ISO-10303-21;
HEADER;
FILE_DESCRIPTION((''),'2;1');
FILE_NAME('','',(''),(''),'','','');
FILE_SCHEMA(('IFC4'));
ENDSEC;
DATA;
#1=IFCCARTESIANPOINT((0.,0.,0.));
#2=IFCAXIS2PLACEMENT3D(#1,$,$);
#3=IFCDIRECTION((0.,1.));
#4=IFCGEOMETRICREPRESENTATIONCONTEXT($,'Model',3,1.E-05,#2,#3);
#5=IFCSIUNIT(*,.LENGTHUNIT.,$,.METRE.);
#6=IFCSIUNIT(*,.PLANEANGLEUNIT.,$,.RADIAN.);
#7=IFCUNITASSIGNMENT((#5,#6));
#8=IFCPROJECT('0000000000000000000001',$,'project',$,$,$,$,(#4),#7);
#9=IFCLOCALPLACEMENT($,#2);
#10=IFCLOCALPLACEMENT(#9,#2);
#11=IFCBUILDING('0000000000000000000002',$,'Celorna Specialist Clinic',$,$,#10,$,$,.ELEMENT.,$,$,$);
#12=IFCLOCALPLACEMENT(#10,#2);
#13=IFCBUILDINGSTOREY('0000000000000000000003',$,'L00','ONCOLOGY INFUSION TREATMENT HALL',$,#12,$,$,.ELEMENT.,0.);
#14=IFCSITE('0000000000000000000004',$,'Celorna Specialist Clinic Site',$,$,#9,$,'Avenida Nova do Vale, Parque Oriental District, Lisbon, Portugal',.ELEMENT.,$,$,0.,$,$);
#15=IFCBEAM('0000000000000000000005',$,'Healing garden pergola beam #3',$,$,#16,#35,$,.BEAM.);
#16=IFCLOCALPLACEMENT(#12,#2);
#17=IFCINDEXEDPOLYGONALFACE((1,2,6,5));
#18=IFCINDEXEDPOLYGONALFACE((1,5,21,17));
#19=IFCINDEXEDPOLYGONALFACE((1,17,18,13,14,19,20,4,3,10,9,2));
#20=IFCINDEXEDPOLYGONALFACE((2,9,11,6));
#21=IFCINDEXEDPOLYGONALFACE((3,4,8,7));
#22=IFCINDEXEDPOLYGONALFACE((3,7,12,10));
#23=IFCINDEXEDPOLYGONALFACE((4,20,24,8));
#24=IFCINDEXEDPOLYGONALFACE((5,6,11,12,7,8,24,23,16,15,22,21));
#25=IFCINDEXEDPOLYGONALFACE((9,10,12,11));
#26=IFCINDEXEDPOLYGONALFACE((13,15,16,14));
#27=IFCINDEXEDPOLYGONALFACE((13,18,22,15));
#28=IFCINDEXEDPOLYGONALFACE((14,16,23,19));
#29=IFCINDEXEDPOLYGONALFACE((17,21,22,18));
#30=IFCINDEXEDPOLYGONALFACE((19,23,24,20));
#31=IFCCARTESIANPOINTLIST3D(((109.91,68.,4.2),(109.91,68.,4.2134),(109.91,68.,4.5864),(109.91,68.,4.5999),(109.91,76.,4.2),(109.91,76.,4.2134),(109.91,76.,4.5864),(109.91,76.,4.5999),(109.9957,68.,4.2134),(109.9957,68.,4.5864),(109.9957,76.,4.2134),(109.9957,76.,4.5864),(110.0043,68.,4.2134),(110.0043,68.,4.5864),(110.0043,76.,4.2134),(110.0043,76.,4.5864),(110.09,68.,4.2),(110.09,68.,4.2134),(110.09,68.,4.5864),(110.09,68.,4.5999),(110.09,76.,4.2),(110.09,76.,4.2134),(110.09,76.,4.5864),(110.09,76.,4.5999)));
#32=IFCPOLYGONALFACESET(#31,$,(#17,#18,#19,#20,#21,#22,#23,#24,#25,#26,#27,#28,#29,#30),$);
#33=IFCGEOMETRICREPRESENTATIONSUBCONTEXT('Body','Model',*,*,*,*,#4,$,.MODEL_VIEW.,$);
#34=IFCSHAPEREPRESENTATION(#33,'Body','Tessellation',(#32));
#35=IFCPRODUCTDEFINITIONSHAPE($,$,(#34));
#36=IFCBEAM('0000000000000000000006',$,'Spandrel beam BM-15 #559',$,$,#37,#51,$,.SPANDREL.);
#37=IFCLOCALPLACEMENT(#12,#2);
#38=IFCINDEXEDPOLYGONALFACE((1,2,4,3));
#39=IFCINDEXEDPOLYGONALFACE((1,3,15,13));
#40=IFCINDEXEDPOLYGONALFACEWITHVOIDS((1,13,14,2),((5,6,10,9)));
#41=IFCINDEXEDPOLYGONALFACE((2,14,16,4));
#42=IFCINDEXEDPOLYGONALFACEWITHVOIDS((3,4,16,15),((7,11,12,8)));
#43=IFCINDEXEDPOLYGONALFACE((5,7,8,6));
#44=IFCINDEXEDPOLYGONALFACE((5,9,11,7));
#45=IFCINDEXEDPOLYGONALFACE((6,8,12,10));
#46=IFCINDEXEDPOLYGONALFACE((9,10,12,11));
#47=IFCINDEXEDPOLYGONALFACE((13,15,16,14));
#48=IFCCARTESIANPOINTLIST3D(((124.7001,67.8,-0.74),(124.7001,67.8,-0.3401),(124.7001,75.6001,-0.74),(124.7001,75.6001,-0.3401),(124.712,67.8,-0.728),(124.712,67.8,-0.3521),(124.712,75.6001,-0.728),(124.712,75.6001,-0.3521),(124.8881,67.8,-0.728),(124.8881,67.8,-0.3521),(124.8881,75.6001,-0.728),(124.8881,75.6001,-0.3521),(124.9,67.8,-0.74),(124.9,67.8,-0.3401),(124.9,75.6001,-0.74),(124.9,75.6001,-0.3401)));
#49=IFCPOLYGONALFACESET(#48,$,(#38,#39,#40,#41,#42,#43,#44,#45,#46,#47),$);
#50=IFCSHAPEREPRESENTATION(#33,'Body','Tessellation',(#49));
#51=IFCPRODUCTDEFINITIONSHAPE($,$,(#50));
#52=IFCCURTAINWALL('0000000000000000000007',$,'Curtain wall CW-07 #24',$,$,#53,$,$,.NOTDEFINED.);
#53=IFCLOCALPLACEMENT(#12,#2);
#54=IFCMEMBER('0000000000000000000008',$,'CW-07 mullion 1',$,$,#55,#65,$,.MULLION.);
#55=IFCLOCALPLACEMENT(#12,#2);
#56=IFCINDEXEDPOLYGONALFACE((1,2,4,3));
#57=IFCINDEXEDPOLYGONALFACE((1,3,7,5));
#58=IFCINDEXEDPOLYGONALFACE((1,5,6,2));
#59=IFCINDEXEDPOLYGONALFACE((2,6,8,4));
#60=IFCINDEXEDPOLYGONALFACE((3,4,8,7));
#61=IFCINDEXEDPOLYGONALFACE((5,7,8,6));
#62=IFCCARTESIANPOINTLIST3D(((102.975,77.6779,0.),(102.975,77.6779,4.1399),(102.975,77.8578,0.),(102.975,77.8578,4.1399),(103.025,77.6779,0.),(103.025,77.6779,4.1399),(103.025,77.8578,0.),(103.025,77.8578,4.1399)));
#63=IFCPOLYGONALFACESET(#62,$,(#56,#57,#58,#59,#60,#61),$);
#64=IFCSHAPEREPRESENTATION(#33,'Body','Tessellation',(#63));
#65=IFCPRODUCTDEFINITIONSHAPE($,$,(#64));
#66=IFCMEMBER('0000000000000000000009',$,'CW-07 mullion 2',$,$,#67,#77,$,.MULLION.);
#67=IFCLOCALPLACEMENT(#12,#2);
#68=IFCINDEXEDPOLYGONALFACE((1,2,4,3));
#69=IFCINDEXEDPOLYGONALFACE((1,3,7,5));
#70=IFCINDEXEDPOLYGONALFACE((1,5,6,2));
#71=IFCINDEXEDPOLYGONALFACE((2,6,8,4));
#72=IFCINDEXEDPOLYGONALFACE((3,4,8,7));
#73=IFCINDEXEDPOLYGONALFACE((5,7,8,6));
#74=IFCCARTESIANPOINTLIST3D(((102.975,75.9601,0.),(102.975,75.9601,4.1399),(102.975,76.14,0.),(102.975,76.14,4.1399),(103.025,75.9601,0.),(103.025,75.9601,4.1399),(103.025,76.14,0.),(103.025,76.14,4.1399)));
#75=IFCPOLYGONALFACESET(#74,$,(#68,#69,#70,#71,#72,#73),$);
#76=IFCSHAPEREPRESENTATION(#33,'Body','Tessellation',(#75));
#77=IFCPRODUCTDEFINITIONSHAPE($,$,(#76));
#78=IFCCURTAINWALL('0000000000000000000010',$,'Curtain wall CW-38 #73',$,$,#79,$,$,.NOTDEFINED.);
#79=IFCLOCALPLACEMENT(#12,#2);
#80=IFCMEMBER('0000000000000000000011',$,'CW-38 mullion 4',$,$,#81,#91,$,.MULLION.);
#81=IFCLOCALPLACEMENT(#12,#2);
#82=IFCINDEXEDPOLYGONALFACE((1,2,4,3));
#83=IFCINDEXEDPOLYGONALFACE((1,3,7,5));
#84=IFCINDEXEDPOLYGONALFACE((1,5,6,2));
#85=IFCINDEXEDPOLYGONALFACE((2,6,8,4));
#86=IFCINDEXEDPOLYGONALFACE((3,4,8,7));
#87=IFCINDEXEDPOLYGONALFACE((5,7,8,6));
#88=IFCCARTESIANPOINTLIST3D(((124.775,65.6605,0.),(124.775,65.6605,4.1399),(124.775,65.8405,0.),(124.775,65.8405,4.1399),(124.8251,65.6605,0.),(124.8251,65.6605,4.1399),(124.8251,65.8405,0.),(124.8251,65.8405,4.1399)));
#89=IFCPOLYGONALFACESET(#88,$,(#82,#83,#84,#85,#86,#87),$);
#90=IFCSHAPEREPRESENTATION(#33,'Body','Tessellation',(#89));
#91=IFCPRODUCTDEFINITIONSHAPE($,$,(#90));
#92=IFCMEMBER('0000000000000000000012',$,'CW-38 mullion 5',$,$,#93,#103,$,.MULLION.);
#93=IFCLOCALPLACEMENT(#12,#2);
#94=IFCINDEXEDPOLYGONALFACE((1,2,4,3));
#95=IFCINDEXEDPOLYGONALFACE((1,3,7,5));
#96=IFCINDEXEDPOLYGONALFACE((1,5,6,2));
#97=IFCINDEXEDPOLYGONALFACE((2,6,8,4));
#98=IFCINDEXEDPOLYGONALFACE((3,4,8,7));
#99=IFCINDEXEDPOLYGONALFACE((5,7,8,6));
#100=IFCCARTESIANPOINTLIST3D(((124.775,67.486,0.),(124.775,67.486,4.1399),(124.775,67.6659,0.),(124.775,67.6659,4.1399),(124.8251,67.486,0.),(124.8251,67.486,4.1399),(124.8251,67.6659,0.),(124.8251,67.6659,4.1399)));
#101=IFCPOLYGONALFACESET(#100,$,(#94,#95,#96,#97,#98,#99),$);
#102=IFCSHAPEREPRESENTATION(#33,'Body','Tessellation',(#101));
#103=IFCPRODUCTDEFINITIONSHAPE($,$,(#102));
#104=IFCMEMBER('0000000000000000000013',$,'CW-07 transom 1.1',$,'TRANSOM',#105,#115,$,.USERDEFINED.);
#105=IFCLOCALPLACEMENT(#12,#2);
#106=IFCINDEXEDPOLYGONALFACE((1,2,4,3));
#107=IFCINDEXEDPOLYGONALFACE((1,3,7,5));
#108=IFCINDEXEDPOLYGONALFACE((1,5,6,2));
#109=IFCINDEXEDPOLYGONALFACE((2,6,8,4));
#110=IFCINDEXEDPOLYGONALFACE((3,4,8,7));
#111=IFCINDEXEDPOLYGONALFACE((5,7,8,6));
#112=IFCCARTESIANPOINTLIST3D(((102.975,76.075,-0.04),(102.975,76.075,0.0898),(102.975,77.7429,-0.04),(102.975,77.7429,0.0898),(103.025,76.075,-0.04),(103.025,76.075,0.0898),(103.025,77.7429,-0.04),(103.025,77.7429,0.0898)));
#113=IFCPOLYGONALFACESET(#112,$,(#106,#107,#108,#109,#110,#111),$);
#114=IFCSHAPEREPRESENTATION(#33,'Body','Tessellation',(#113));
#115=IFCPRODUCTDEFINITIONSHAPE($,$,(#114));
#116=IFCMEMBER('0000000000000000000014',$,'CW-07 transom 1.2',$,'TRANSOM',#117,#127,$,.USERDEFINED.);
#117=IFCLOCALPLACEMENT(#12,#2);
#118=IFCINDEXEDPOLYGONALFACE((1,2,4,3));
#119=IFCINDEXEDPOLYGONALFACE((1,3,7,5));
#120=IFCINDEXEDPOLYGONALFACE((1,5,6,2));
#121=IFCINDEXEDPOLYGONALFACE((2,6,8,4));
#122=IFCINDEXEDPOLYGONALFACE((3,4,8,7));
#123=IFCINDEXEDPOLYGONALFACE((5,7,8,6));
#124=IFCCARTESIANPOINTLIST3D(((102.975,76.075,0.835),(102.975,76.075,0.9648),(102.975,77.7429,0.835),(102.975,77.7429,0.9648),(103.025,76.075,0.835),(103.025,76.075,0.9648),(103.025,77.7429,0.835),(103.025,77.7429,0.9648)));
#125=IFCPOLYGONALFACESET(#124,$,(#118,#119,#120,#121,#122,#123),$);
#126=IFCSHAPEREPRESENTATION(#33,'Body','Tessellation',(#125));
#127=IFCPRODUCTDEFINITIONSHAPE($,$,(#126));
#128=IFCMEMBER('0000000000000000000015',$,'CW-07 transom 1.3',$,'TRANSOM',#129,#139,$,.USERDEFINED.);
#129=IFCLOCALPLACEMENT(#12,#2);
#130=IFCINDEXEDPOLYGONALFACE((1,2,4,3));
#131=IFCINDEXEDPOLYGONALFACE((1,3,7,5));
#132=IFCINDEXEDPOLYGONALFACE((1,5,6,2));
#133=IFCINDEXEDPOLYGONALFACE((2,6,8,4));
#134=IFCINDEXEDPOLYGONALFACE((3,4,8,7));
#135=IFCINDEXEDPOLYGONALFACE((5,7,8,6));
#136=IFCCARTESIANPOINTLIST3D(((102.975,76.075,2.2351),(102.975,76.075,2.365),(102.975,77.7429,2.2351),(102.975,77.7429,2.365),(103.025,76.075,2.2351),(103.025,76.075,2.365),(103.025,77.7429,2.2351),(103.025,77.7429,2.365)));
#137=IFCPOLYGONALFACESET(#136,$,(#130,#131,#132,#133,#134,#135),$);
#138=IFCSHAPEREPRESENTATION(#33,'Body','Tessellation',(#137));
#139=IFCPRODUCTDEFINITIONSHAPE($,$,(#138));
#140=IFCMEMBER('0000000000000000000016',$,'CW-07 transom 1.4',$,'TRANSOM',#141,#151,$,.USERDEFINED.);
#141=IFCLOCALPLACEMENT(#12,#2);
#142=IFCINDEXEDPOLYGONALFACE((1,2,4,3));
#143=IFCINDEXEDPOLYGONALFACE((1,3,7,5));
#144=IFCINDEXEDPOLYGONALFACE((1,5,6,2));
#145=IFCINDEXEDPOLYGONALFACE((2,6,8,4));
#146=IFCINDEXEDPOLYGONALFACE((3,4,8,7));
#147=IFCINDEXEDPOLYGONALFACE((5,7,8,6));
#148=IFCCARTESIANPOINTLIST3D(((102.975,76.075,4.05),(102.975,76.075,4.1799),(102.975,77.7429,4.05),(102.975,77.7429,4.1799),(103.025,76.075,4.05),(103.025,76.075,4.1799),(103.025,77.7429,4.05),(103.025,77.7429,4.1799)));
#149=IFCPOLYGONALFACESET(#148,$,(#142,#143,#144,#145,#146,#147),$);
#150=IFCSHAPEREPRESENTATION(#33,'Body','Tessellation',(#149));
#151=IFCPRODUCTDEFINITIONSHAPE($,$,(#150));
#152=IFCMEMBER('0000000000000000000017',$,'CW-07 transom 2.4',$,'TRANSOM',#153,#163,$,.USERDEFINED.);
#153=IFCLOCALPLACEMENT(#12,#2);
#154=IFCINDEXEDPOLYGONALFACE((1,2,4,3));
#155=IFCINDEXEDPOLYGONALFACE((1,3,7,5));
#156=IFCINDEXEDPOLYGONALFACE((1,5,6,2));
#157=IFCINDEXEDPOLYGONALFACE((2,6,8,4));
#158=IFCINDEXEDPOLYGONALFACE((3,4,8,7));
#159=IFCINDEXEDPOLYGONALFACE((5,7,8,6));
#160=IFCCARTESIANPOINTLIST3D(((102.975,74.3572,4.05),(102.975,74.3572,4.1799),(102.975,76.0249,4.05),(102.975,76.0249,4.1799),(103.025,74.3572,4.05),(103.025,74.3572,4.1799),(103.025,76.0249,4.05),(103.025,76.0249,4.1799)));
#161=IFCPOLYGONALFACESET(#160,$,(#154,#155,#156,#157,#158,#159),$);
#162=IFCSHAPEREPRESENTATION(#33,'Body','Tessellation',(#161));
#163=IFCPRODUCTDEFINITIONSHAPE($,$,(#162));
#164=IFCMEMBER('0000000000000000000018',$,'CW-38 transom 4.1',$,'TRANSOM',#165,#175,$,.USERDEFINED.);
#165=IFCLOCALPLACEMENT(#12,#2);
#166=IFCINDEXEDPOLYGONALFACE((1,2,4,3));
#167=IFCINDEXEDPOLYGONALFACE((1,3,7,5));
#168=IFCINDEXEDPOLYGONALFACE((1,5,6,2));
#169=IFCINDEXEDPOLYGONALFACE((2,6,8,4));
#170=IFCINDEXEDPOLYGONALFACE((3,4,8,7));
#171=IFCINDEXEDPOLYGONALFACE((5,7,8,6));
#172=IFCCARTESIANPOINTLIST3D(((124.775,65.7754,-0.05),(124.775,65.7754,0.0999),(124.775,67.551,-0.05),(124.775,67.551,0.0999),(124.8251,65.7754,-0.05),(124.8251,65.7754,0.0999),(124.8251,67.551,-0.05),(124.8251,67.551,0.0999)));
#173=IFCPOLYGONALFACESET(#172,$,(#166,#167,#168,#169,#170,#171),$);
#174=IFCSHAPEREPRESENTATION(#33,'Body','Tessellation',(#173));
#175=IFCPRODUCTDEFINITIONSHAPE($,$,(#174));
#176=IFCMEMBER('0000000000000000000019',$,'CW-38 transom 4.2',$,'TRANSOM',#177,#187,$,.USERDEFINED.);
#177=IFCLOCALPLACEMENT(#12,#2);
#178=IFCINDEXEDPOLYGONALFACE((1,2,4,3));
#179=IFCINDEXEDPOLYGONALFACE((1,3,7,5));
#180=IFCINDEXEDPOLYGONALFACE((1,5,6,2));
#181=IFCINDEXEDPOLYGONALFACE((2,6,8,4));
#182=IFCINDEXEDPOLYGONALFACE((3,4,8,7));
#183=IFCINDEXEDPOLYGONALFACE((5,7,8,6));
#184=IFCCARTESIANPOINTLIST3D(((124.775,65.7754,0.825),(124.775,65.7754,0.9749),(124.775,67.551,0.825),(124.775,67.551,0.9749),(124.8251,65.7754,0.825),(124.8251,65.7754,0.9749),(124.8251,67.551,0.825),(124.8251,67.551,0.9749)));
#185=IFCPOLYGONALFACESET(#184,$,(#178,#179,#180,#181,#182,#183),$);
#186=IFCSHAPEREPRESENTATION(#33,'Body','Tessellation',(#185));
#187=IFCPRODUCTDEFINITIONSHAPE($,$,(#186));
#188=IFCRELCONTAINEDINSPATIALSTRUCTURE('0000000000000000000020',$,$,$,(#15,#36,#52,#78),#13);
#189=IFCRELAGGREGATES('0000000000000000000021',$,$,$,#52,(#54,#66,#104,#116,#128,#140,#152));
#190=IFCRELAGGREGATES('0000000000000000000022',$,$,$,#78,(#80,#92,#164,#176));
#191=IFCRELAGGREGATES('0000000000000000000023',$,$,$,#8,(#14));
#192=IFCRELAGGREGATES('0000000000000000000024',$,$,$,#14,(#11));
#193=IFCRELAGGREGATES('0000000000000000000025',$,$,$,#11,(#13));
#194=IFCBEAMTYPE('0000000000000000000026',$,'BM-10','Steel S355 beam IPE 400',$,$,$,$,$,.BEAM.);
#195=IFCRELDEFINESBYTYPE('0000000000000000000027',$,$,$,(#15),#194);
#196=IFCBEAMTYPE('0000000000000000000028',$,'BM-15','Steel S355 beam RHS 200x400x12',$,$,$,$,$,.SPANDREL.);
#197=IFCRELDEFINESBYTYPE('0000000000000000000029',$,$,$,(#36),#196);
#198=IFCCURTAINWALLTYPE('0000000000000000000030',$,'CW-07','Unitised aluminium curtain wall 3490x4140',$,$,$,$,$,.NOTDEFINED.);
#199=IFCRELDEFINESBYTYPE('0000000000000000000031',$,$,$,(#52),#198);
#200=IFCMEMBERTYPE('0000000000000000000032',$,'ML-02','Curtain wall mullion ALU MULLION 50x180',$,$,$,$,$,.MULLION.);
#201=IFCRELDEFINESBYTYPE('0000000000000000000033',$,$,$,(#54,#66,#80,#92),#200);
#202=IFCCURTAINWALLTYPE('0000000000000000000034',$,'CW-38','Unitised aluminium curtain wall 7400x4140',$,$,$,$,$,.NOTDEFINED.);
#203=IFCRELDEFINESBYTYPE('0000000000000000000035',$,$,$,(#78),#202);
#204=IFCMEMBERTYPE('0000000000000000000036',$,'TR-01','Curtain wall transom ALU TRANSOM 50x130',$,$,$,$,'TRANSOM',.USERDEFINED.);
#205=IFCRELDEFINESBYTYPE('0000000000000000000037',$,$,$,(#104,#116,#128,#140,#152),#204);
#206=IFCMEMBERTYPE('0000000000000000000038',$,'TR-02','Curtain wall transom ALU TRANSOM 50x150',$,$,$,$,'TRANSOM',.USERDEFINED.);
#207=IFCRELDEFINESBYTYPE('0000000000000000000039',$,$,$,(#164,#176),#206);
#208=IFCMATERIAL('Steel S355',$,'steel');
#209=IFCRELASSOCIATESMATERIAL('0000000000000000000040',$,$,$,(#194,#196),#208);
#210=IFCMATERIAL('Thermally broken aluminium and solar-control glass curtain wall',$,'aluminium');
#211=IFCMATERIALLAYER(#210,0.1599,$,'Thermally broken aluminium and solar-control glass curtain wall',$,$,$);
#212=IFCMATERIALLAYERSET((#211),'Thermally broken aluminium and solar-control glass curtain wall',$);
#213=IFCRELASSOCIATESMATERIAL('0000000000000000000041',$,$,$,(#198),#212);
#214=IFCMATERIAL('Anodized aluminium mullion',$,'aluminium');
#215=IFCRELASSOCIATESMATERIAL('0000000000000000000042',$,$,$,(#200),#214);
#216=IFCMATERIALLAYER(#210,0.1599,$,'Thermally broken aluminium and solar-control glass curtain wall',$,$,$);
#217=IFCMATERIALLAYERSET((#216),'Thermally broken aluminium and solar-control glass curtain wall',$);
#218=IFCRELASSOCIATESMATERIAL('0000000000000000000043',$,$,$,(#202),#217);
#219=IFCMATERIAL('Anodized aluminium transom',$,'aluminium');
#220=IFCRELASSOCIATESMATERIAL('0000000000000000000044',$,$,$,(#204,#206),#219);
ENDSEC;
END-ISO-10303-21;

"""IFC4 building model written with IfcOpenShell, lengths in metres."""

from ifc_helpers import new_model, si_unit, direction, frame, origin, origin_2d, place, context, subcontext, project, spatial, rectangle, hollow_rectangle, i_section, extrude, material, layer, layer_set, material_profile, profile_set, type_object, element, aggregate, save


model = new_model("IFC4")

# Units and contexts
model_context = context("Model", 3, precision=1e-05, world=origin(), true_north=direction((0.0, 1.0)))
body_context = subcontext(model_context, "Body", "Model", "MODEL_VIEW")
ifc_project = project(units=[si_unit("LENGTHUNIT", "METRE"), si_unit("PLANEANGLEUNIT", "RADIAN")], contexts=[model_context])

# Site, building, storey
site_placement = place(None, origin())
site = spatial("IfcSite", under=ifc_project, at=site_placement, Name="Celorna Specialist Clinic Site", LongName="Avenida Nova do Vale, Parque Oriental District, Lisbon, Portugal", CompositionType="ELEMENT", RefElevation=0.0)
building_placement = place(site_placement, origin())
building = spatial("IfcBuilding", under=site, at=building_placement, Name="Celorna Specialist Clinic", CompositionType="ELEMENT")
storey_placement = place(building_placement, origin())
storey = spatial("IfcBuildingStorey", under=building, at=storey_placement, Name="L00", Description="ONCOLOGY INFUSION TREATMENT HALL", CompositionType="ELEMENT", Elevation=0.0)

# Shared definitions
ifc_material_1 = material(Name="Steel S355", Category="steel")

# Beams
ifc_material_profile_1 = material_profile(ifc_material_1, i_section(OverallWidth=0.1799, OverallDepth=0.3999, WebThickness=0.0085, FlangeThickness=0.0134, at=origin_2d()), Name="IPE 400")
ifc_profile_set_1 = profile_set([ifc_material_profile_1], Name="Steel S355")
beam_type_1 = type_object("IfcBeamType", Name="BM-10", Description="Steel S355 beam IPE 400", PredefinedType="BEAM", material=ifc_profile_set_1)
beam_1_placement = place(storey_placement, frame((110.0, 68.0, 4.3999), z_axis=(0.0, 1.0, 0.0), x_axis=(-1.0, 0.0, 0.0)))
element("IfcBeam", 1, at=beam_1_placement, inside=storey, type_object=beam_type_1, Name="Healing garden pergola beam #3", PredefinedType="BEAM", context=body_context, shape_type="SweptSolid", body=[
    extrude(i_section(OverallWidth=0.1799, OverallDepth=0.3999, WebThickness=0.0085, FlangeThickness=0.0134, at=origin_2d()), origin(), (0.0, 0.0, 1.0), 8.0),
])
ifc_material_profile_2 = material_profile(ifc_material_1, hollow_rectangle(XDim=0.2, YDim=0.3999, WallThickness=0.012, at=origin_2d()), Name="RHS 200x400x12")
ifc_profile_set_2 = profile_set([ifc_material_profile_2], Name="Steel S355")
beam_type_2 = type_object("IfcBeamType", Name="BM-15", Description="Steel S355 beam RHS 200x400x12", PredefinedType="SPANDREL", material=ifc_profile_set_2)
beam_2_placement = place(storey_placement, frame((124.8, 67.8, -0.54), z_axis=(0.0, 1.0, 0.0), x_axis=(-1.0, 0.0, 0.0)))
element("IfcBeam", 2, at=beam_2_placement, inside=storey, type_object=beam_type_2, Name="Spandrel beam BM-15 #559", PredefinedType="SPANDREL", context=body_context, shape_type="SweptSolid", body=[
    extrude(hollow_rectangle(XDim=0.2, YDim=0.3999, WallThickness=0.012, at=origin_2d()), origin(), (0.0, 0.0, 1.0), 7.8),
])

# Curtain walls, members
ifc_material_2 = material(Name="Thermally broken aluminium and solar-control glass curtain wall", Category="aluminium")
ifc_layer_1 = layer(ifc_material_2, 0.1599, Name="Thermally broken aluminium and solar-control glass curtain wall")
ifc_layer_set_1 = layer_set([ifc_layer_1], Name="Thermally broken aluminium and solar-control glass curtain wall")
curtain_wall_type_1 = type_object("IfcCurtainWallType", Name="CW-07", Description="Unitised aluminium curtain wall 3490x4140", PredefinedType="NOTDEFINED", material=ifc_layer_set_1)
curtain_wall_1_placement = place(storey_placement, origin())
curtain_wall_1 = element("IfcCurtainWall", 3, at=curtain_wall_1_placement, inside=storey, type_object=curtain_wall_type_1, Name="Curtain wall CW-07 #24", PredefinedType="NOTDEFINED")
ifc_material_3 = material(Name="Anodized aluminium mullion", Category="aluminium")
ifc_material_profile_3 = material_profile(ifc_material_3, rectangle(XDim=0.05, YDim=0.1799, at=origin_2d()), Name="ALU MULLION 50x180")
ifc_profile_set_3 = profile_set([ifc_material_profile_3], Name="Anodized aluminium mullion")
member_type_1 = type_object("IfcMemberType", Name="ML-02", Description="Curtain wall mullion ALU MULLION 50x180", PredefinedType="MULLION", material=ifc_profile_set_3)
member_1_placement = place(storey_placement, frame((103.0, 77.7678, 0.0), z_axis=(0.0, 0.0, 1.0), x_axis=(1.0, 0.0, 0.0)))
member_1 = element("IfcMember", 4, at=member_1_placement, type_object=member_type_1, Name="CW-07 mullion 1", PredefinedType="MULLION", context=body_context, shape_type="SweptSolid", body=[
    extrude(rectangle(XDim=0.05, YDim=0.1799, at=origin_2d()), origin(), (0.0, 0.0, 1.0), 4.1399),
])
member_2_placement = place(storey_placement, frame((103.0, 76.05, 0.0), z_axis=(0.0, 0.0, 1.0), x_axis=(1.0, 0.0, 0.0)))
member_2 = element("IfcMember", 5, at=member_2_placement, type_object=member_type_1, Name="CW-07 mullion 2", PredefinedType="MULLION", context=body_context, shape_type="SweptSolid", body=[
    extrude(rectangle(XDim=0.05, YDim=0.1799, at=origin_2d()), origin(), (0.0, 0.0, 1.0), 4.1399),
])
ifc_layer_2 = layer(ifc_material_2, 0.1599, Name="Thermally broken aluminium and solar-control glass curtain wall")
ifc_layer_set_2 = layer_set([ifc_layer_2], Name="Thermally broken aluminium and solar-control glass curtain wall")
curtain_wall_type_2 = type_object("IfcCurtainWallType", Name="CW-38", Description="Unitised aluminium curtain wall 7400x4140", PredefinedType="NOTDEFINED", material=ifc_layer_set_2)
curtain_wall_2_placement = place(storey_placement, origin())
curtain_wall_2 = element("IfcCurtainWall", 6, at=curtain_wall_2_placement, inside=storey, type_object=curtain_wall_type_2, Name="Curtain wall CW-38 #73", PredefinedType="NOTDEFINED")
member_3_placement = place(storey_placement, frame((124.8, 65.7505, 0.0), z_axis=(0.0, 0.0, 1.0), x_axis=(-1.0, 0.0, 0.0)))
member_3 = element("IfcMember", 7, at=member_3_placement, type_object=member_type_1, Name="CW-38 mullion 4", PredefinedType="MULLION", context=body_context, shape_type="SweptSolid", body=[
    extrude(rectangle(XDim=0.05, YDim=0.1799, at=origin_2d()), origin(), (0.0, 0.0, 1.0), 4.1399),
])
member_4_placement = place(storey_placement, frame((124.8, 67.5759, 0.0), z_axis=(0.0, 0.0, 1.0), x_axis=(-1.0, 0.0, 0.0)))
member_4 = element("IfcMember", 8, at=member_4_placement, type_object=member_type_1, Name="CW-38 mullion 5", PredefinedType="MULLION", context=body_context, shape_type="SweptSolid", body=[
    extrude(rectangle(XDim=0.05, YDim=0.1799, at=origin_2d()), origin(), (0.0, 0.0, 1.0), 4.1399),
])

# Members
ifc_material_4 = material(Name="Anodized aluminium transom", Category="aluminium")
ifc_material_profile_4 = material_profile(ifc_material_4, rectangle(XDim=0.05, YDim=0.1299, at=origin_2d()), Name="ALU TRANSOM 50x130")
ifc_profile_set_4 = profile_set([ifc_material_profile_4], Name="Anodized aluminium transom")
member_type_2 = type_object("IfcMemberType", Name="TR-01", Description="Curtain wall transom ALU TRANSOM 50x130", ElementType="TRANSOM", PredefinedType="USERDEFINED", material=ifc_profile_set_4)
member_5_placement = place(storey_placement, frame((103.0, 77.7429, 0.0249), z_axis=(0.0, -1.0, 0.0), x_axis=(1.0, 0.0, 0.0)))
member_5 = element("IfcMember", 9, at=member_5_placement, type_object=member_type_2, Name="CW-07 transom 1.1", ObjectType="TRANSOM", PredefinedType="USERDEFINED", context=body_context, shape_type="SweptSolid", body=[
    extrude(rectangle(XDim=0.05, YDim=0.1299, at=origin_2d()), origin(), (0.0, 0.0, 1.0), 1.668),
])
member_6_placement = place(storey_placement, frame((103.0, 77.7429, 0.8999), z_axis=(0.0, -1.0, 0.0), x_axis=(1.0, 0.0, 0.0)))
member_6 = element("IfcMember", 10, at=member_6_placement, type_object=member_type_2, Name="CW-07 transom 1.2", ObjectType="TRANSOM", PredefinedType="USERDEFINED", context=body_context, shape_type="SweptSolid", body=[
    extrude(rectangle(XDim=0.05, YDim=0.1299, at=origin_2d()), origin(), (0.0, 0.0, 1.0), 1.668),
])
member_7_placement = place(storey_placement, frame((103.0, 77.7429, 2.3), z_axis=(0.0, -1.0, 0.0), x_axis=(1.0, 0.0, 0.0)))
member_7 = element("IfcMember", 11, at=member_7_placement, type_object=member_type_2, Name="CW-07 transom 1.3", ObjectType="TRANSOM", PredefinedType="USERDEFINED", context=body_context, shape_type="SweptSolid", body=[
    extrude(rectangle(XDim=0.05, YDim=0.1299, at=origin_2d()), origin(), (0.0, 0.0, 1.0), 1.668),
])
member_8_placement = place(storey_placement, frame((103.0, 77.7429, 4.115), z_axis=(0.0, -1.0, 0.0), x_axis=(1.0, 0.0, 0.0)))
member_8 = element("IfcMember", 12, at=member_8_placement, type_object=member_type_2, Name="CW-07 transom 1.4", ObjectType="TRANSOM", PredefinedType="USERDEFINED", context=body_context, shape_type="SweptSolid", body=[
    extrude(rectangle(XDim=0.05, YDim=0.1299, at=origin_2d()), origin(), (0.0, 0.0, 1.0), 1.668),
])
member_9_placement = place(storey_placement, frame((103.0, 76.0249, 4.115), z_axis=(0.0, -1.0, 0.0), x_axis=(1.0, 0.0, 0.0)))
member_9 = element("IfcMember", 13, at=member_9_placement, type_object=member_type_2, Name="CW-07 transom 2.4", ObjectType="TRANSOM", PredefinedType="USERDEFINED", context=body_context, shape_type="SweptSolid", body=[
    extrude(rectangle(XDim=0.05, YDim=0.1299, at=origin_2d()), origin(), (0.0, 0.0, 1.0), 1.6677),
])
ifc_material_profile_5 = material_profile(ifc_material_4, rectangle(XDim=0.05, YDim=0.1499, at=origin_2d()), Name="ALU TRANSOM 50x150")
ifc_profile_set_5 = profile_set([ifc_material_profile_5], Name="Anodized aluminium transom")
member_type_3 = type_object("IfcMemberType", Name="TR-02", Description="Curtain wall transom ALU TRANSOM 50x150", ElementType="TRANSOM", PredefinedType="USERDEFINED", material=ifc_profile_set_5)
member_10_placement = place(storey_placement, frame((124.8, 65.7754, 0.0249), z_axis=(0.0, 1.0, 0.0), x_axis=(-1.0, 0.0, 0.0)))
member_10 = element("IfcMember", 14, at=member_10_placement, type_object=member_type_3, Name="CW-38 transom 4.1", ObjectType="TRANSOM", PredefinedType="USERDEFINED", context=body_context, shape_type="SweptSolid", body=[
    extrude(rectangle(XDim=0.05, YDim=0.1499, at=origin_2d()), origin(), (0.0, 0.0, 1.0), 1.7756),
])
member_11_placement = place(storey_placement, frame((124.8, 65.7754, 0.8999), z_axis=(0.0, 1.0, 0.0), x_axis=(-1.0, 0.0, 0.0)))
member_11 = element("IfcMember", 15, at=member_11_placement, type_object=member_type_3, Name="CW-38 transom 4.2", ObjectType="TRANSOM", PredefinedType="USERDEFINED", context=body_context, shape_type="SweptSolid", body=[
    extrude(rectangle(XDim=0.05, YDim=0.1499, at=origin_2d()), origin(), (0.0, 0.0, 1.0), 1.7756),
])

aggregate(curtain_wall_1, [member_1, member_2, member_5, member_6, member_7, member_8, member_9])
aggregate(curtain_wall_2, [member_3, member_4, member_10, member_11])

save(model, "model.ifc")
